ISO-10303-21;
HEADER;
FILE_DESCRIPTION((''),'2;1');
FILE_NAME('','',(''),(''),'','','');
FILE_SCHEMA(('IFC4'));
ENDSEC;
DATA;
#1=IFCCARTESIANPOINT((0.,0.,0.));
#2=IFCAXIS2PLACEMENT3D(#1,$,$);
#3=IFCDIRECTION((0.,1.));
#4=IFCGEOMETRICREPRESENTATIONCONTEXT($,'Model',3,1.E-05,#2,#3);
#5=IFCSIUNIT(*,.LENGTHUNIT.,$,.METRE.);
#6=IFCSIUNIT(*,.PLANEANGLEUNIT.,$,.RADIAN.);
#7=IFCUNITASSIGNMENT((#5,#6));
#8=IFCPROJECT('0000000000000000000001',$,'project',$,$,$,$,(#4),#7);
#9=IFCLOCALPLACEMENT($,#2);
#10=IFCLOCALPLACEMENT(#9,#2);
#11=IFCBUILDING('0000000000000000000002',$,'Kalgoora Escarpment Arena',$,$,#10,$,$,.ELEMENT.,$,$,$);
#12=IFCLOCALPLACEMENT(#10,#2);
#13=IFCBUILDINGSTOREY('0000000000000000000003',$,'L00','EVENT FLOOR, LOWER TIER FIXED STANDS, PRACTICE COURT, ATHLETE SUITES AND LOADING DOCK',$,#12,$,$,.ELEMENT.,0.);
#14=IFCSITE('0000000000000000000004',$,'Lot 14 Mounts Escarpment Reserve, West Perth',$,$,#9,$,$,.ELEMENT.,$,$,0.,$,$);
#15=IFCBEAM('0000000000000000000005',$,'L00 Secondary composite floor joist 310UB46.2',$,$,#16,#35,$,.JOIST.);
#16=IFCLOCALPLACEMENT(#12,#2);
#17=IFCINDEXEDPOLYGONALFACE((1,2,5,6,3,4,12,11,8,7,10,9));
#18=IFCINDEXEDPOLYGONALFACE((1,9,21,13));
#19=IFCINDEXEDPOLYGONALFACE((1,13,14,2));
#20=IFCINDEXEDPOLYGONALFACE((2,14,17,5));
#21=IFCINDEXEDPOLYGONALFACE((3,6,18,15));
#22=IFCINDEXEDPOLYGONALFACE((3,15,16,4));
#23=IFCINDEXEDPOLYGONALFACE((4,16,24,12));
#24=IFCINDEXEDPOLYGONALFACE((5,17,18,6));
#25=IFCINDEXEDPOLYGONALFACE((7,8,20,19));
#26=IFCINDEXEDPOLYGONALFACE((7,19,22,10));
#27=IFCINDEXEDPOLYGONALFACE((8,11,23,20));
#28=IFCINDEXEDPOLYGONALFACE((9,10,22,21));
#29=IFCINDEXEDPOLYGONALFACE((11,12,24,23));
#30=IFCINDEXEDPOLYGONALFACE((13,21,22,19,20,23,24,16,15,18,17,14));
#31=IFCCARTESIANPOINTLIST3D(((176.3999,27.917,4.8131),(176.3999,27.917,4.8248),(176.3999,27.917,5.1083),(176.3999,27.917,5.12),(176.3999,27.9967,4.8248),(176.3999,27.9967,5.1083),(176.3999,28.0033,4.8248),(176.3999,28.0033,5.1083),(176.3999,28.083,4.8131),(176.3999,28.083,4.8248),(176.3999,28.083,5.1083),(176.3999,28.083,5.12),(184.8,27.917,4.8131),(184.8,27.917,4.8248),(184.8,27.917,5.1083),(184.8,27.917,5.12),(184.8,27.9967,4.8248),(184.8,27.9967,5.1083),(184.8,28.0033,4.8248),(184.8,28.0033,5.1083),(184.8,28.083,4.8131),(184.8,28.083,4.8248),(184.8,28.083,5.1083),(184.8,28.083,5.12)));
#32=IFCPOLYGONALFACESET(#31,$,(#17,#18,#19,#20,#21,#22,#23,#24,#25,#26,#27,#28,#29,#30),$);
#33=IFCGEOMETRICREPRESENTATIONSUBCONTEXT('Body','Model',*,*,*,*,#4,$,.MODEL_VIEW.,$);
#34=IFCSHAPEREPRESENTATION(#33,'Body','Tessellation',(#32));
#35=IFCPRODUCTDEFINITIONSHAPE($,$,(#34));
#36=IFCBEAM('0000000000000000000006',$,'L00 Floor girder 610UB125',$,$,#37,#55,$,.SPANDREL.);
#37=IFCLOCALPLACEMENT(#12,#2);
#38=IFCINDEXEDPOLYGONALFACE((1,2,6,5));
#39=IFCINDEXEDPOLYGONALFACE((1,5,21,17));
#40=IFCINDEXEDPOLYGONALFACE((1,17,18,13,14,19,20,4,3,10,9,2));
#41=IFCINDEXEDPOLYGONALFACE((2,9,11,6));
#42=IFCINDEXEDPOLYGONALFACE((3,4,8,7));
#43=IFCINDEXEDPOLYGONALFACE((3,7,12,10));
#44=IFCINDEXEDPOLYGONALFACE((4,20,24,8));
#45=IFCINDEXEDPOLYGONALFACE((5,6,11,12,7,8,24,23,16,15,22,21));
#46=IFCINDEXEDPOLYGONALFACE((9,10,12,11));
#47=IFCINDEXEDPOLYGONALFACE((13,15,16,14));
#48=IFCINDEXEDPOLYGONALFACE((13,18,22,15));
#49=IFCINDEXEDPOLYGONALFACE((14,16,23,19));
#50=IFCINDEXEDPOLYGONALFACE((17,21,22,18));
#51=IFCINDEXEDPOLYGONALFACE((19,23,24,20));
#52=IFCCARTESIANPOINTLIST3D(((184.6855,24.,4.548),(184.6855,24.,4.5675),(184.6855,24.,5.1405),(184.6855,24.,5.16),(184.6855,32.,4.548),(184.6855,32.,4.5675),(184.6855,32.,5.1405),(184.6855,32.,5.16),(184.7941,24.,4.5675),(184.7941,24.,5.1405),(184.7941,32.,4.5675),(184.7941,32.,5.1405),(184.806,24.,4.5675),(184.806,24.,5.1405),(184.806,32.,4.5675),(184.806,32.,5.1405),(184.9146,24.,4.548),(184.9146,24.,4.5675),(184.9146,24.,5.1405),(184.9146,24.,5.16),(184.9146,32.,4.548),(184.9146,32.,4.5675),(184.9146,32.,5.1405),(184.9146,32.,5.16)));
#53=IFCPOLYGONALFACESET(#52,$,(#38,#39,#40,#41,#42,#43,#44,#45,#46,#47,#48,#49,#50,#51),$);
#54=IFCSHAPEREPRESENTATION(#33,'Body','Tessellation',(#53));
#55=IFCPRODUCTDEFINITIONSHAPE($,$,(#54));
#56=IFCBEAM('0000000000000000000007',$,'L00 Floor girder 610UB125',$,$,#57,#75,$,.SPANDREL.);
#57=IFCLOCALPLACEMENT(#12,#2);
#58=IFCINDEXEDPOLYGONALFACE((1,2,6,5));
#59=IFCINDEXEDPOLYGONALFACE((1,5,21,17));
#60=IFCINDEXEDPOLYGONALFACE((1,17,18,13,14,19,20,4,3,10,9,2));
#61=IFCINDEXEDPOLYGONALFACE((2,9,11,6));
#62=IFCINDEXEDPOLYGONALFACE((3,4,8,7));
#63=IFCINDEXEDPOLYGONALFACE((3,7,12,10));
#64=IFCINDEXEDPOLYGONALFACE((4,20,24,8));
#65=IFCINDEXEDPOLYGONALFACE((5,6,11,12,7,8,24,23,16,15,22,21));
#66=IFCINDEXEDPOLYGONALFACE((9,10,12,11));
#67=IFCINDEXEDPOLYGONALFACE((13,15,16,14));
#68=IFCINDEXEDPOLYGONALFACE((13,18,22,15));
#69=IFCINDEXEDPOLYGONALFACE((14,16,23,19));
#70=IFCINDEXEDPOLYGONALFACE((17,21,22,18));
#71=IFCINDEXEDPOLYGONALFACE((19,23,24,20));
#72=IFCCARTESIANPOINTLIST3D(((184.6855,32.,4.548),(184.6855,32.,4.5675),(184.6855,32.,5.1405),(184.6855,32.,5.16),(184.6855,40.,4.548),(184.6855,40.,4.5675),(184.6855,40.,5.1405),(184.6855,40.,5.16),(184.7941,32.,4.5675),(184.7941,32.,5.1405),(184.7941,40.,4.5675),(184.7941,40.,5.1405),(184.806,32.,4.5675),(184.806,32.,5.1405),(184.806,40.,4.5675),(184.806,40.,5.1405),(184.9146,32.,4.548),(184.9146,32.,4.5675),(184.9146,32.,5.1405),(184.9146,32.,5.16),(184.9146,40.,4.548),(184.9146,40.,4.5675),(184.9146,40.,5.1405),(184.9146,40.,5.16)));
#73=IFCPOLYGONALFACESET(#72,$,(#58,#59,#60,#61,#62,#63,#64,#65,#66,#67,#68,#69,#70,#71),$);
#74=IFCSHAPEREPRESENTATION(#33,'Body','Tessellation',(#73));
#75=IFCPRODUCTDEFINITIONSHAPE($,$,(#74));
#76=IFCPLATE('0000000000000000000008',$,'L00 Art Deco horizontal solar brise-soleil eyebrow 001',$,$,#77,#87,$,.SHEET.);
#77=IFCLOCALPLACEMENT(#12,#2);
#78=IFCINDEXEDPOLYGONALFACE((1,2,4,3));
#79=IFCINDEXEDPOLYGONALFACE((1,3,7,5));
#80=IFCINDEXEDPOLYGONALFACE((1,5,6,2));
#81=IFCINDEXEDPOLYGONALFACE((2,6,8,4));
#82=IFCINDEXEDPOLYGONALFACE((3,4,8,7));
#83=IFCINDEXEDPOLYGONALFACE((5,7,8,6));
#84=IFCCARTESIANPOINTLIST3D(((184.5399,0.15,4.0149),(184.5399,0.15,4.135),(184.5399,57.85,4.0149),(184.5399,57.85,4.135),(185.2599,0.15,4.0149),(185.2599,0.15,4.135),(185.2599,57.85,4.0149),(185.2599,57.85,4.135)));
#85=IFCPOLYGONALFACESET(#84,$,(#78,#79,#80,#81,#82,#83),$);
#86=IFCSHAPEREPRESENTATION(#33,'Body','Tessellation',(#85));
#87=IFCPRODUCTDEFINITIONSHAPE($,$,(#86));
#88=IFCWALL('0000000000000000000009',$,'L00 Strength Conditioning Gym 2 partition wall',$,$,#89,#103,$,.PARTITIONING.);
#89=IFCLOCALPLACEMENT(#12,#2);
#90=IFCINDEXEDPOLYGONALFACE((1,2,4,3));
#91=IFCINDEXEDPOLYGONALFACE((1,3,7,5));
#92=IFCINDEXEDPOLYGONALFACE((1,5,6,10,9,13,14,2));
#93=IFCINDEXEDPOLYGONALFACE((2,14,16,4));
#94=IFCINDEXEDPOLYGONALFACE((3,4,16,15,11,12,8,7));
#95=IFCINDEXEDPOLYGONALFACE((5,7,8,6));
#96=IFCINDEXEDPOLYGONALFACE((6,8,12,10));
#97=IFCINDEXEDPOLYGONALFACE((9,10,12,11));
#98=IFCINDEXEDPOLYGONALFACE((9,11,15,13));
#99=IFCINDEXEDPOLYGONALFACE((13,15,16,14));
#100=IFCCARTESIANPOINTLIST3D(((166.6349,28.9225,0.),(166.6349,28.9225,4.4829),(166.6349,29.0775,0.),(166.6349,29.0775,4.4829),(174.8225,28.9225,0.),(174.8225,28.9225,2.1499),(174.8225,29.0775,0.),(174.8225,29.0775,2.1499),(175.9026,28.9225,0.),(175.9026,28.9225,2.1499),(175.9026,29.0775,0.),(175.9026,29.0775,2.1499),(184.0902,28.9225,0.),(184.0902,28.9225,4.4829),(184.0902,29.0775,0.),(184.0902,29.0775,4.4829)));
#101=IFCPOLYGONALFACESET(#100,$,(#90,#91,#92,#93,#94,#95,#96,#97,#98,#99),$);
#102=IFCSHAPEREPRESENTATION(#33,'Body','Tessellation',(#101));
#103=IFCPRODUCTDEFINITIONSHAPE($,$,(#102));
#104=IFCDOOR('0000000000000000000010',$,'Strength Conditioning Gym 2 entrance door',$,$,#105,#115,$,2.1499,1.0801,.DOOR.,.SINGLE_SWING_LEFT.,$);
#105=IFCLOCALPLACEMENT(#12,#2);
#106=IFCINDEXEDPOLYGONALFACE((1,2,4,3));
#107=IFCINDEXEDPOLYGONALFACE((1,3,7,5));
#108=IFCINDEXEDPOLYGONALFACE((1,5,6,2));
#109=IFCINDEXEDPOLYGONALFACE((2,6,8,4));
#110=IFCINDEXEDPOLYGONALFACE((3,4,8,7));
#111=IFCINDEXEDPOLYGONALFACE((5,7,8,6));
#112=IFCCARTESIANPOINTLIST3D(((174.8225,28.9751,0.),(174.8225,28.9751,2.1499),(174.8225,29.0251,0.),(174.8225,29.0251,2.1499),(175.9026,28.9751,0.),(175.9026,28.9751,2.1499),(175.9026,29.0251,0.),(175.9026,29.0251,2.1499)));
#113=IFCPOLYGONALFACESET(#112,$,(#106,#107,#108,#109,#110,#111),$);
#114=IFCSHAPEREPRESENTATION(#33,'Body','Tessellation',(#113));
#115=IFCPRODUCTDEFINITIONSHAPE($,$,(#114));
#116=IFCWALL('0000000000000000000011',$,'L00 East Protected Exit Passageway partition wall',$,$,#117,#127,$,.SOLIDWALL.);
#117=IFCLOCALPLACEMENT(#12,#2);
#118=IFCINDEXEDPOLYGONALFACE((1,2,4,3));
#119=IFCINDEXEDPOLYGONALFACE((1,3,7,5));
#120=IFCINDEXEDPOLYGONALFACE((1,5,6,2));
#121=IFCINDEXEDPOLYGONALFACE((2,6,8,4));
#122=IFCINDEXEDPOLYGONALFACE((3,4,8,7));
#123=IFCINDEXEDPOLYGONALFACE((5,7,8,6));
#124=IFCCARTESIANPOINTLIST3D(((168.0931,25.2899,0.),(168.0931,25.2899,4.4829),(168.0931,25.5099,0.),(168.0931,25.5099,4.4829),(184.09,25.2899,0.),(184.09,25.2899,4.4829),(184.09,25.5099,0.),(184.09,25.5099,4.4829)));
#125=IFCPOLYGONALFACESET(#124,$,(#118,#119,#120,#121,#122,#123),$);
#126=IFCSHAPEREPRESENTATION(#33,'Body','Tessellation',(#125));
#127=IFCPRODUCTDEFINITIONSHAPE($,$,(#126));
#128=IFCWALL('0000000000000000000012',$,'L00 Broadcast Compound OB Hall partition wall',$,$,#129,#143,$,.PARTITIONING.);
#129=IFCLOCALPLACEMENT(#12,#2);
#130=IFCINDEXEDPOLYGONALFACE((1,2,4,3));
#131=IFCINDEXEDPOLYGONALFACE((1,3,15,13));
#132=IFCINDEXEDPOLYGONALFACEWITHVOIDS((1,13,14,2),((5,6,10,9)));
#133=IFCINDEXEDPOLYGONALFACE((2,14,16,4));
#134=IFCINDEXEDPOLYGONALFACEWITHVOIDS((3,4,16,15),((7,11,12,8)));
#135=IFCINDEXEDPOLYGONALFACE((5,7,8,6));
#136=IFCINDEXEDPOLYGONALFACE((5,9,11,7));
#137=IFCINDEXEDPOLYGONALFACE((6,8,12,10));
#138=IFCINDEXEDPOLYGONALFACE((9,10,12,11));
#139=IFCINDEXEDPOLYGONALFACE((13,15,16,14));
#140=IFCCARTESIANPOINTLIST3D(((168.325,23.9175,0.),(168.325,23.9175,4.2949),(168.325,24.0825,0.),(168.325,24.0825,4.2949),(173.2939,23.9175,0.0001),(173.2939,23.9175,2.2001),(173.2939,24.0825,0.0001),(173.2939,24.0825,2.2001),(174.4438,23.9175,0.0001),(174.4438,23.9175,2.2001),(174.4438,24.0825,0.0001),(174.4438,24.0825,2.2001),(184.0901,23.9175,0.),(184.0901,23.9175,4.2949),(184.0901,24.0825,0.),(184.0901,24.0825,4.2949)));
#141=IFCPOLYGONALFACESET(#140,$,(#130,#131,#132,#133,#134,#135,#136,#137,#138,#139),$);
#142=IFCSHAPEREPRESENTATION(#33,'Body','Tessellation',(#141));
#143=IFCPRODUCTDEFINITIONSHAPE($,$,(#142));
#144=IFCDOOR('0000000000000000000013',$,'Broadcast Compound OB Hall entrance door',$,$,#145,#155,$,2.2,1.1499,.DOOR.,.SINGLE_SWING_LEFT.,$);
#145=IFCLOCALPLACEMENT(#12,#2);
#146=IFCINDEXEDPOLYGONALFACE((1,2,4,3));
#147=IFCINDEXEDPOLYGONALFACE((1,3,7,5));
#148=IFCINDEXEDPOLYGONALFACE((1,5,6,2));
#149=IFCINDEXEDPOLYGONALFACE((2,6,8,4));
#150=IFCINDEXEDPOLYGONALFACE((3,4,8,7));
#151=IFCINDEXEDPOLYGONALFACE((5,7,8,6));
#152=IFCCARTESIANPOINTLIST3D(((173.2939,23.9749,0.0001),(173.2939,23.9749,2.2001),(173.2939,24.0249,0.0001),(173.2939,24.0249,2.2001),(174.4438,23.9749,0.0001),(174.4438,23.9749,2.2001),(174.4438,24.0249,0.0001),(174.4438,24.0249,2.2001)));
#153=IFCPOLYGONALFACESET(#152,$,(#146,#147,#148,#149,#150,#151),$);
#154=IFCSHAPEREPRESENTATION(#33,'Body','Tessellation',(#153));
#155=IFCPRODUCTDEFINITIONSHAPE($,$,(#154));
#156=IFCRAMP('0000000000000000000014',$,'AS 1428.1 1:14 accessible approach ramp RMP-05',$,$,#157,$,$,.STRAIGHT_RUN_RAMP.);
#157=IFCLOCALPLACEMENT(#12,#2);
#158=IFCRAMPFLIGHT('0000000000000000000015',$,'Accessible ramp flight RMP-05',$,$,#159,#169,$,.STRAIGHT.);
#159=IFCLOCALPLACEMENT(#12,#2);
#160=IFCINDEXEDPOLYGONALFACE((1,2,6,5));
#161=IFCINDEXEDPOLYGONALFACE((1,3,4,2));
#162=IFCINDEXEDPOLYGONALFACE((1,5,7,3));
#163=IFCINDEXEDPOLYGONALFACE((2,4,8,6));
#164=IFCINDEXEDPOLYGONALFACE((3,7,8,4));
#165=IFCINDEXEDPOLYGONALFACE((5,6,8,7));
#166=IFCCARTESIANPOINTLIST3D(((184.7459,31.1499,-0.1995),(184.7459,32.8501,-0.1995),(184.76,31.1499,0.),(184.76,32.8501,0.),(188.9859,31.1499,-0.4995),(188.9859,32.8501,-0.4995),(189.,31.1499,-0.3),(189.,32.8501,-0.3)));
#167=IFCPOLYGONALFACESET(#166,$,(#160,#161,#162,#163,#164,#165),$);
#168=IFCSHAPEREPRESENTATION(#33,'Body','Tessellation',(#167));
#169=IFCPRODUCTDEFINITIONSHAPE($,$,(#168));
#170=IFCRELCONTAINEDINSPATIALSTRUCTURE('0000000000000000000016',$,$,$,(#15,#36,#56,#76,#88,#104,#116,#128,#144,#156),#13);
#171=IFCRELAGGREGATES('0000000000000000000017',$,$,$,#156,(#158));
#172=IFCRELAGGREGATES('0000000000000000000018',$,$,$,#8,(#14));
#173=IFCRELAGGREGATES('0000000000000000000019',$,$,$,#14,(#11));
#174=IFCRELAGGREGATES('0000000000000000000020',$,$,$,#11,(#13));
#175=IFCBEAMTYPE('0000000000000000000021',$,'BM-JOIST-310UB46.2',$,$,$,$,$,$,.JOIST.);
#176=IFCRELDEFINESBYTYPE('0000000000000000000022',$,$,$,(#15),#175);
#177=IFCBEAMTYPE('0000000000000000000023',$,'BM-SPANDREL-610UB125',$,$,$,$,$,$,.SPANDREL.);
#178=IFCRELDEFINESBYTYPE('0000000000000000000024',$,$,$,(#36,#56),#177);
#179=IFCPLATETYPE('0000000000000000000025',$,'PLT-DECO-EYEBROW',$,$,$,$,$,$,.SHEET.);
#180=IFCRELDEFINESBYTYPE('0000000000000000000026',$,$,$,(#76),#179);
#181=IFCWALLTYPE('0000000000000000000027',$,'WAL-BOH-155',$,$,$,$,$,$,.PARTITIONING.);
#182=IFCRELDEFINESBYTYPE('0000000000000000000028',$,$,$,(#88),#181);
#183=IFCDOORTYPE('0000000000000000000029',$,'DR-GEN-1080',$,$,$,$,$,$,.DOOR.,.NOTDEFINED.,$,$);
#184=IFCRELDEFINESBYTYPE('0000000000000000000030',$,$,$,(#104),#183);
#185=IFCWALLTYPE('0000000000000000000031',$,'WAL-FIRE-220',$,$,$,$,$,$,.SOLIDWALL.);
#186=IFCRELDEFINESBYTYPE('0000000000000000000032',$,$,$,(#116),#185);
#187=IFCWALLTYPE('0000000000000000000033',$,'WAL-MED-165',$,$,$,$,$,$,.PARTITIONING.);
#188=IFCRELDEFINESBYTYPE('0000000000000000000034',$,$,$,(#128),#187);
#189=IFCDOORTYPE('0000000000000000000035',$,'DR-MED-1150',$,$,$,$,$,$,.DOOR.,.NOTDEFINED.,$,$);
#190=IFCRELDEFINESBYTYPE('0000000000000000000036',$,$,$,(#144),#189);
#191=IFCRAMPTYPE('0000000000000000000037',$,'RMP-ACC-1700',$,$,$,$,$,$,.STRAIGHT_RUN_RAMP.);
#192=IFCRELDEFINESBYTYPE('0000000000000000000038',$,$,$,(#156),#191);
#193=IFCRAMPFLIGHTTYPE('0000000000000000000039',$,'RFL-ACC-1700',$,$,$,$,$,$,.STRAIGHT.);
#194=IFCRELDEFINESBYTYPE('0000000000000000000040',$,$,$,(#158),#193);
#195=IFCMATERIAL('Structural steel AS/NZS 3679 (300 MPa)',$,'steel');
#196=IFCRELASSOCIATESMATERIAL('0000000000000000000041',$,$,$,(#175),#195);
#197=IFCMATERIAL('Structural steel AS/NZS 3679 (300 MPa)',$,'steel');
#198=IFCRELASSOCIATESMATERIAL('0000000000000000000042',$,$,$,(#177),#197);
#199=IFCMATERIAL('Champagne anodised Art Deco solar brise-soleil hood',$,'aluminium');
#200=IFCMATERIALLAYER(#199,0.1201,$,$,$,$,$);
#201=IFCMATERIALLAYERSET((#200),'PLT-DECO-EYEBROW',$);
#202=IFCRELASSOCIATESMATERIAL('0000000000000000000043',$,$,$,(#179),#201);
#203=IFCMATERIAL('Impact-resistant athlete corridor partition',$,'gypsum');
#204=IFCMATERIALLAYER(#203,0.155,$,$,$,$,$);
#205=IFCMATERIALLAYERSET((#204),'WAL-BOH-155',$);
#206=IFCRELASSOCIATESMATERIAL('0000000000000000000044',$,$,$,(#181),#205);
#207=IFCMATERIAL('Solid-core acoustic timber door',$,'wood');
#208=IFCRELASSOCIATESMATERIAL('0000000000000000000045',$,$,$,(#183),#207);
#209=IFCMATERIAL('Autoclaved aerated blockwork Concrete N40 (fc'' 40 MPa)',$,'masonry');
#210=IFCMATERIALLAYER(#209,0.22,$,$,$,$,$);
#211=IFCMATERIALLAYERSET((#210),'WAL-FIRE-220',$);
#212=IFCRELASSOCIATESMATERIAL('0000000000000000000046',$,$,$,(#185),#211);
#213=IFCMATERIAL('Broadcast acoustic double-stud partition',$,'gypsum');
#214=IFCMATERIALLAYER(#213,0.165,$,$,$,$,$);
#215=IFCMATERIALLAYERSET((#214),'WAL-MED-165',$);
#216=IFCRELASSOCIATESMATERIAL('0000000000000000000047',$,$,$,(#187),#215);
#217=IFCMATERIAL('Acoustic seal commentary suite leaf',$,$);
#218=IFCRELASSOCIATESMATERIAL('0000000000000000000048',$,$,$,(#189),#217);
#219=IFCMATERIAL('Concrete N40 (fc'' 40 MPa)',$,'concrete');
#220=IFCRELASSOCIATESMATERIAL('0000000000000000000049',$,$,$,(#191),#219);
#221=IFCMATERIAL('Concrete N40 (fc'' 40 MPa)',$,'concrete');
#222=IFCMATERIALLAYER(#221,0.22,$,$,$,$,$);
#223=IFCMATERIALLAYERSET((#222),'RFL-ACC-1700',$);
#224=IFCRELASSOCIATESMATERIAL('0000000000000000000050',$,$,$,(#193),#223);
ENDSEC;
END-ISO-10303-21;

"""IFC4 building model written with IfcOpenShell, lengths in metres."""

from ifc_helpers import new_model, si_unit, direction, frame, frame_2d, origin, origin_2d, place, context, subcontext, project, spatial, polyline, rectangle, i_section, outline, extrude, material, layer, layer_set, material_profile, profile_set, type_object, element, fill, aggregate, save


model = new_model("IFC4")

# Units and contexts
model_context = context("Model", 3, precision=1e-05, world=origin(), true_north=direction((0.0, 1.0)))
body_context = subcontext(model_context, "Body", "Model", "MODEL_VIEW")
ifc_project = project(units=[si_unit("LENGTHUNIT", "METRE"), si_unit("PLANEANGLEUNIT", "RADIAN")], contexts=[model_context])

# Site, building, storey
site_placement = place(None, origin())
site = spatial("IfcSite", under=ifc_project, at=site_placement, Name="Lot 14 Mounts Escarpment Reserve, West Perth", CompositionType="ELEMENT", RefElevation=0.0)
building_placement = place(site_placement, origin())
building = spatial("IfcBuilding", under=site, at=building_placement, Name="Kalgoora Escarpment Arena", CompositionType="ELEMENT")
storey_placement = place(building_placement, origin())
storey = spatial("IfcBuildingStorey", under=building, at=storey_placement, Name="L00", Description="EVENT FLOOR, LOWER TIER FIXED STANDS, PRACTICE COURT, ATHLETE SUITES AND LOADING DOCK", CompositionType="ELEMENT", Elevation=0.0)

# Beams
ifc_material_1 = material(Name="Structural steel AS/NZS 3679 (300 MPa)", Category="steel")
ifc_material_profile_1 = material_profile(ifc_material_1, i_section(OverallWidth=0.166, OverallDepth=0.3069, WebThickness=0.0066, FlangeThickness=0.0117, at=origin_2d()))
ifc_profile_set_1 = profile_set([ifc_material_profile_1], Name="Structural steel AS/NZS 3679 (300 MPa)")
beam_type_1 = type_object("IfcBeamType", Name="BM-JOIST-310UB46.2", PredefinedType="JOIST", material=ifc_profile_set_1)
beam_1_placement = place(storey_placement, frame((176.3999, 28.0, 4.9666), z_axis=(1.0, 0.0, 0.0), x_axis=(0.0, 1.0, 0.0)))
element("IfcBeam", 1, at=beam_1_placement, inside=storey, type_object=beam_type_1, Name="L00 Secondary composite floor joist 310UB46.2", PredefinedType="JOIST", context=body_context, shape_type="SweptSolid", body=[
    extrude(i_section(OverallWidth=0.166, OverallDepth=0.3069, WebThickness=0.0066, FlangeThickness=0.0117, at=origin_2d()), origin(), (0.0, 0.0, 1.0), 8.4001),
])
ifc_material_2 = material(Name="Structural steel AS/NZS 3679 (300 MPa)", Category="steel")
ifc_material_profile_2 = material_profile(ifc_material_2, i_section(OverallWidth=0.229, OverallDepth=0.6121, WebThickness=0.012, FlangeThickness=0.0195, at=origin_2d()))
ifc_profile_set_2 = profile_set([ifc_material_profile_2], Name="Structural steel AS/NZS 3679 (300 MPa)")
beam_type_2 = type_object("IfcBeamType", Name="BM-SPANDREL-610UB125", PredefinedType="SPANDREL", material=ifc_profile_set_2)
for number, where, z_axis, x_axis, name in (
    (2, (184.8, 24.0, 4.854), (0.0, 1.0, 0.0), (-1.0, 0.0, 0.0), "L00 Floor girder 610UB125"),
    (3, (184.8, 32.0, 4.854), (0.0, 1.0, 0.0), (-1.0, 0.0, 0.0), "L00 Floor girder 610UB125"),
):
    element("IfcBeam", number, at=place(storey_placement, frame(where, z_axis=z_axis, x_axis=x_axis)), inside=storey, type_object=beam_type_2, Name=name, PredefinedType="SPANDREL", context=body_context, shape_type="SweptSolid", body=[
        extrude(i_section(OverallWidth=0.229, OverallDepth=0.6121, WebThickness=0.012, FlangeThickness=0.0195, at=origin_2d()), origin(), (0.0, 0.0, 1.0), 8.0),
    ])

# Plate
ifc_material_3 = material(Name="Champagne anodised Art Deco solar brise-soleil hood", Category="aluminium")
ifc_layer_1 = layer(ifc_material_3, 0.1201)
ifc_layer_set_1 = layer_set([ifc_layer_1], Name="PLT-DECO-EYEBROW")
plate_type = type_object("IfcPlateType", Name="PLT-DECO-EYEBROW", PredefinedType="SHEET", material=ifc_layer_set_1)
plate_placement = place(storey_placement, frame((184.8999, 29.0, 4.0149), z_axis=(0.0, 0.0, 1.0), x_axis=(0.0, -1.0, 0.0)))
element("IfcPlate", 4, at=plate_placement, inside=storey, type_object=plate_type, Name="L00 Art Deco horizontal solar brise-soleil eyebrow 001", PredefinedType="SHEET", context=body_context, shape_type="SweptSolid", body=[
    extrude(rectangle(XDim=57.7, YDim=0.72, at=origin_2d()), origin(), (0.0, 0.0, 1.0), 0.1201),
])

# Wall, opening, door
ifc_material_4 = material(Name="Impact-resistant athlete corridor partition", Category="gypsum")
ifc_layer_2 = layer(ifc_material_4, 0.155)
ifc_layer_set_2 = layer_set([ifc_layer_2], Name="WAL-BOH-155")
wall_type_1 = type_object("IfcWallType", Name="WAL-BOH-155", PredefinedType="PARTITIONING", material=ifc_layer_set_2)
wall_1_placement = place(storey_placement, frame((184.0901, 29.0, 0.0), z_axis=(0.0, 0.0, 1.0), x_axis=(-1.0, 0.0, 0.0)))
wall_1 = element("IfcWall", 5, at=wall_1_placement, inside=storey, type_object=wall_type_1, Name="L00 Strength Conditioning Gym 2 partition wall", PredefinedType="PARTITIONING", context=body_context, shape_type="SweptSolid", body=[
    extrude(rectangle(XDim=17.4553, YDim=0.155, at=frame_2d((8.7275, 0.0))), origin(), (0.0, 0.0, 1.0), 4.4829),
])
opening_1_placement = place(wall_1_placement, frame((8.1875, 0.0, 0.0)))
opening_1 = element("IfcOpeningElement", 6, at=opening_1_placement, cuts=wall_1, PredefinedType="OPENING", context=body_context, shape_type="SweptSolid", body=[
    extrude(rectangle(XDim=1.0801, YDim=2.1499, at=frame_2d((0.54, 1.075))), frame((0.0, 0.0874, 0.0), z_axis=(0.0, -1.0, 0.0), x_axis=(1.0, 0.0, 0.0)), (0.0, 0.0, 1.0), 0.175),
])
ifc_material_5 = material(Name="Solid-core acoustic timber door", Category="wood")
door_type_1 = type_object("IfcDoorType", Name="DR-GEN-1080", OperationType="NOTDEFINED", PredefinedType="DOOR", material=ifc_material_5)
door_1_placement = place(opening_1_placement, origin())
door_1 = element("IfcDoor", 7, at=door_1_placement, inside=storey, type_object=door_type_1, Name="Strength Conditioning Gym 2 entrance door", OperationType="SINGLE_SWING_LEFT", OverallHeight=2.1499, OverallWidth=1.0801, PredefinedType="DOOR", context=body_context, shape_type="SweptSolid", body=[
    extrude(rectangle(XDim=1.0801, YDim=2.1499, at=frame_2d((0.54, 1.075))), frame((0.0, 0.0249, 0.0), z_axis=(0.0, -1.0, 0.0), x_axis=(1.0, 0.0, 0.0)), (0.0, 0.0, 1.0), 0.05),
])
fill(opening_1, door_1)

# Wall
ifc_material_6 = material(Name="Autoclaved aerated blockwork Concrete N40 (fc' 40 MPa)", Category="masonry")
ifc_layer_3 = layer(ifc_material_6, 0.22)
ifc_layer_set_3 = layer_set([ifc_layer_3], Name="WAL-FIRE-220")
wall_type_2 = type_object("IfcWallType", Name="WAL-FIRE-220", PredefinedType="SOLIDWALL", material=ifc_layer_set_3)
wall_2_placement = place(storey_placement, frame((184.0901, 25.3999, 0.0), z_axis=(0.0, 0.0, 1.0), x_axis=(-1.0, 0.0, 0.0)))
element("IfcWall", 8, at=wall_2_placement, inside=storey, type_object=wall_type_2, Name="L00 East Protected Exit Passageway partition wall", PredefinedType="SOLIDWALL", context=body_context, shape_type="SweptSolid", body=[
    extrude(rectangle(XDim=15.9968, YDim=0.22, at=frame_2d((7.9985, 0.0))), origin(), (0.0, 0.0, 1.0), 4.4829),
])

# Wall, opening, door
ifc_material_7 = material(Name="Broadcast acoustic double-stud partition", Category="gypsum")
ifc_layer_4 = layer(ifc_material_7, 0.165)
ifc_layer_set_4 = layer_set([ifc_layer_4], Name="WAL-MED-165")
wall_type_3 = type_object("IfcWallType", Name="WAL-MED-165", PredefinedType="PARTITIONING", material=ifc_layer_set_4)
wall_3_placement = place(storey_placement, frame((168.325, 24.0, 0.0), z_axis=(0.0, 0.0, 1.0), x_axis=(1.0, 0.0, 0.0)))
wall_3 = element("IfcWall", 9, at=wall_3_placement, inside=storey, type_object=wall_type_3, Name="L00 Broadcast Compound OB Hall partition wall", PredefinedType="PARTITIONING", context=body_context, shape_type="SweptSolid", body=[
    extrude(rectangle(XDim=15.7651, YDim=0.165, at=frame_2d((7.8826, 0.0))), origin(), (0.0, 0.0, 1.0), 4.2949),
])
opening_2_placement = place(wall_3_placement, frame((4.969, 0.0, 0.0)))
opening_2 = element("IfcOpeningElement", 10, at=opening_2_placement, cuts=wall_3, PredefinedType="OPENING", context=body_context, shape_type="SweptSolid", body=[
    extrude(rectangle(XDim=1.1499, YDim=2.2, at=frame_2d((0.575, 1.1001))), frame((0.0, 0.0925, 0.0), z_axis=(0.0, -1.0, 0.0), x_axis=(1.0, 0.0, 0.0)), (0.0, 0.0, 1.0), 0.1851),
])
ifc_material_8 = material(Name="Acoustic seal commentary suite leaf")
door_type_2 = type_object("IfcDoorType", Name="DR-MED-1150", OperationType="NOTDEFINED", PredefinedType="DOOR", material=ifc_material_8)
door_2_placement = place(opening_2_placement, origin())
door_2 = element("IfcDoor", 11, at=door_2_placement, inside=storey, type_object=door_type_2, Name="Broadcast Compound OB Hall entrance door", OperationType="SINGLE_SWING_LEFT", OverallHeight=2.2, OverallWidth=1.1499, PredefinedType="DOOR", context=body_context, shape_type="SweptSolid", body=[
    extrude(rectangle(XDim=1.1499, YDim=2.2, at=frame_2d((0.575, 1.1001))), frame((0.0, 0.0249, 0.0), z_axis=(0.0, -1.0, 0.0), x_axis=(1.0, 0.0, 0.0)), (0.0, 0.0, 1.0), 0.05),
])
fill(opening_2, door_2)

# Ramp, ramp flight
ifc_material_9 = material(Name="Concrete N40 (fc' 40 MPa)", Category="concrete")
ramp_type = type_object("IfcRampType", Name="RMP-ACC-1700", PredefinedType="STRAIGHT_RUN_RAMP", material=ifc_material_9)
ramp_placement = place(storey_placement, origin())
ramp = element("IfcRamp", 12, at=ramp_placement, inside=storey, type_object=ramp_type, Name="AS 1428.1 1:14 accessible approach ramp RMP-05", PredefinedType="STRAIGHT_RUN_RAMP")
ifc_material_10 = material(Name="Concrete N40 (fc' 40 MPa)", Category="concrete")
ifc_layer_5 = layer(ifc_material_10, 0.22)
ifc_layer_set_5 = layer_set([ifc_layer_5], Name="RFL-ACC-1700")
ramp_flight_type = type_object("IfcRampFlightType", Name="RFL-ACC-1700", PredefinedType="STRAIGHT", material=ifc_layer_set_5)
ramp_flight_placement = place(storey_placement, frame((184.76, 31.1499, 0.0), z_axis=(0.07059, 0.0, 0.997505), x_axis=(0.997505, 0.0, -0.07059)))
ramp_flight = element("IfcRampFlight", 13, at=ramp_flight_placement, type_object=ramp_flight_type, Name="Accessible ramp flight RMP-05", PredefinedType="STRAIGHT", context=body_context, shape_type="SweptSolid", body=[
    extrude(outline(polyline([(0.0, 0.0), (4.2506, 0.0), (4.2506, 1.7002), (0.0, 1.7002), (0.0, 0.0)])), origin(), (0.0, 0.0, -1.0), 0.2),
])
aggregate(ramp, [ramp_flight])

save(model, "model.ifc")
